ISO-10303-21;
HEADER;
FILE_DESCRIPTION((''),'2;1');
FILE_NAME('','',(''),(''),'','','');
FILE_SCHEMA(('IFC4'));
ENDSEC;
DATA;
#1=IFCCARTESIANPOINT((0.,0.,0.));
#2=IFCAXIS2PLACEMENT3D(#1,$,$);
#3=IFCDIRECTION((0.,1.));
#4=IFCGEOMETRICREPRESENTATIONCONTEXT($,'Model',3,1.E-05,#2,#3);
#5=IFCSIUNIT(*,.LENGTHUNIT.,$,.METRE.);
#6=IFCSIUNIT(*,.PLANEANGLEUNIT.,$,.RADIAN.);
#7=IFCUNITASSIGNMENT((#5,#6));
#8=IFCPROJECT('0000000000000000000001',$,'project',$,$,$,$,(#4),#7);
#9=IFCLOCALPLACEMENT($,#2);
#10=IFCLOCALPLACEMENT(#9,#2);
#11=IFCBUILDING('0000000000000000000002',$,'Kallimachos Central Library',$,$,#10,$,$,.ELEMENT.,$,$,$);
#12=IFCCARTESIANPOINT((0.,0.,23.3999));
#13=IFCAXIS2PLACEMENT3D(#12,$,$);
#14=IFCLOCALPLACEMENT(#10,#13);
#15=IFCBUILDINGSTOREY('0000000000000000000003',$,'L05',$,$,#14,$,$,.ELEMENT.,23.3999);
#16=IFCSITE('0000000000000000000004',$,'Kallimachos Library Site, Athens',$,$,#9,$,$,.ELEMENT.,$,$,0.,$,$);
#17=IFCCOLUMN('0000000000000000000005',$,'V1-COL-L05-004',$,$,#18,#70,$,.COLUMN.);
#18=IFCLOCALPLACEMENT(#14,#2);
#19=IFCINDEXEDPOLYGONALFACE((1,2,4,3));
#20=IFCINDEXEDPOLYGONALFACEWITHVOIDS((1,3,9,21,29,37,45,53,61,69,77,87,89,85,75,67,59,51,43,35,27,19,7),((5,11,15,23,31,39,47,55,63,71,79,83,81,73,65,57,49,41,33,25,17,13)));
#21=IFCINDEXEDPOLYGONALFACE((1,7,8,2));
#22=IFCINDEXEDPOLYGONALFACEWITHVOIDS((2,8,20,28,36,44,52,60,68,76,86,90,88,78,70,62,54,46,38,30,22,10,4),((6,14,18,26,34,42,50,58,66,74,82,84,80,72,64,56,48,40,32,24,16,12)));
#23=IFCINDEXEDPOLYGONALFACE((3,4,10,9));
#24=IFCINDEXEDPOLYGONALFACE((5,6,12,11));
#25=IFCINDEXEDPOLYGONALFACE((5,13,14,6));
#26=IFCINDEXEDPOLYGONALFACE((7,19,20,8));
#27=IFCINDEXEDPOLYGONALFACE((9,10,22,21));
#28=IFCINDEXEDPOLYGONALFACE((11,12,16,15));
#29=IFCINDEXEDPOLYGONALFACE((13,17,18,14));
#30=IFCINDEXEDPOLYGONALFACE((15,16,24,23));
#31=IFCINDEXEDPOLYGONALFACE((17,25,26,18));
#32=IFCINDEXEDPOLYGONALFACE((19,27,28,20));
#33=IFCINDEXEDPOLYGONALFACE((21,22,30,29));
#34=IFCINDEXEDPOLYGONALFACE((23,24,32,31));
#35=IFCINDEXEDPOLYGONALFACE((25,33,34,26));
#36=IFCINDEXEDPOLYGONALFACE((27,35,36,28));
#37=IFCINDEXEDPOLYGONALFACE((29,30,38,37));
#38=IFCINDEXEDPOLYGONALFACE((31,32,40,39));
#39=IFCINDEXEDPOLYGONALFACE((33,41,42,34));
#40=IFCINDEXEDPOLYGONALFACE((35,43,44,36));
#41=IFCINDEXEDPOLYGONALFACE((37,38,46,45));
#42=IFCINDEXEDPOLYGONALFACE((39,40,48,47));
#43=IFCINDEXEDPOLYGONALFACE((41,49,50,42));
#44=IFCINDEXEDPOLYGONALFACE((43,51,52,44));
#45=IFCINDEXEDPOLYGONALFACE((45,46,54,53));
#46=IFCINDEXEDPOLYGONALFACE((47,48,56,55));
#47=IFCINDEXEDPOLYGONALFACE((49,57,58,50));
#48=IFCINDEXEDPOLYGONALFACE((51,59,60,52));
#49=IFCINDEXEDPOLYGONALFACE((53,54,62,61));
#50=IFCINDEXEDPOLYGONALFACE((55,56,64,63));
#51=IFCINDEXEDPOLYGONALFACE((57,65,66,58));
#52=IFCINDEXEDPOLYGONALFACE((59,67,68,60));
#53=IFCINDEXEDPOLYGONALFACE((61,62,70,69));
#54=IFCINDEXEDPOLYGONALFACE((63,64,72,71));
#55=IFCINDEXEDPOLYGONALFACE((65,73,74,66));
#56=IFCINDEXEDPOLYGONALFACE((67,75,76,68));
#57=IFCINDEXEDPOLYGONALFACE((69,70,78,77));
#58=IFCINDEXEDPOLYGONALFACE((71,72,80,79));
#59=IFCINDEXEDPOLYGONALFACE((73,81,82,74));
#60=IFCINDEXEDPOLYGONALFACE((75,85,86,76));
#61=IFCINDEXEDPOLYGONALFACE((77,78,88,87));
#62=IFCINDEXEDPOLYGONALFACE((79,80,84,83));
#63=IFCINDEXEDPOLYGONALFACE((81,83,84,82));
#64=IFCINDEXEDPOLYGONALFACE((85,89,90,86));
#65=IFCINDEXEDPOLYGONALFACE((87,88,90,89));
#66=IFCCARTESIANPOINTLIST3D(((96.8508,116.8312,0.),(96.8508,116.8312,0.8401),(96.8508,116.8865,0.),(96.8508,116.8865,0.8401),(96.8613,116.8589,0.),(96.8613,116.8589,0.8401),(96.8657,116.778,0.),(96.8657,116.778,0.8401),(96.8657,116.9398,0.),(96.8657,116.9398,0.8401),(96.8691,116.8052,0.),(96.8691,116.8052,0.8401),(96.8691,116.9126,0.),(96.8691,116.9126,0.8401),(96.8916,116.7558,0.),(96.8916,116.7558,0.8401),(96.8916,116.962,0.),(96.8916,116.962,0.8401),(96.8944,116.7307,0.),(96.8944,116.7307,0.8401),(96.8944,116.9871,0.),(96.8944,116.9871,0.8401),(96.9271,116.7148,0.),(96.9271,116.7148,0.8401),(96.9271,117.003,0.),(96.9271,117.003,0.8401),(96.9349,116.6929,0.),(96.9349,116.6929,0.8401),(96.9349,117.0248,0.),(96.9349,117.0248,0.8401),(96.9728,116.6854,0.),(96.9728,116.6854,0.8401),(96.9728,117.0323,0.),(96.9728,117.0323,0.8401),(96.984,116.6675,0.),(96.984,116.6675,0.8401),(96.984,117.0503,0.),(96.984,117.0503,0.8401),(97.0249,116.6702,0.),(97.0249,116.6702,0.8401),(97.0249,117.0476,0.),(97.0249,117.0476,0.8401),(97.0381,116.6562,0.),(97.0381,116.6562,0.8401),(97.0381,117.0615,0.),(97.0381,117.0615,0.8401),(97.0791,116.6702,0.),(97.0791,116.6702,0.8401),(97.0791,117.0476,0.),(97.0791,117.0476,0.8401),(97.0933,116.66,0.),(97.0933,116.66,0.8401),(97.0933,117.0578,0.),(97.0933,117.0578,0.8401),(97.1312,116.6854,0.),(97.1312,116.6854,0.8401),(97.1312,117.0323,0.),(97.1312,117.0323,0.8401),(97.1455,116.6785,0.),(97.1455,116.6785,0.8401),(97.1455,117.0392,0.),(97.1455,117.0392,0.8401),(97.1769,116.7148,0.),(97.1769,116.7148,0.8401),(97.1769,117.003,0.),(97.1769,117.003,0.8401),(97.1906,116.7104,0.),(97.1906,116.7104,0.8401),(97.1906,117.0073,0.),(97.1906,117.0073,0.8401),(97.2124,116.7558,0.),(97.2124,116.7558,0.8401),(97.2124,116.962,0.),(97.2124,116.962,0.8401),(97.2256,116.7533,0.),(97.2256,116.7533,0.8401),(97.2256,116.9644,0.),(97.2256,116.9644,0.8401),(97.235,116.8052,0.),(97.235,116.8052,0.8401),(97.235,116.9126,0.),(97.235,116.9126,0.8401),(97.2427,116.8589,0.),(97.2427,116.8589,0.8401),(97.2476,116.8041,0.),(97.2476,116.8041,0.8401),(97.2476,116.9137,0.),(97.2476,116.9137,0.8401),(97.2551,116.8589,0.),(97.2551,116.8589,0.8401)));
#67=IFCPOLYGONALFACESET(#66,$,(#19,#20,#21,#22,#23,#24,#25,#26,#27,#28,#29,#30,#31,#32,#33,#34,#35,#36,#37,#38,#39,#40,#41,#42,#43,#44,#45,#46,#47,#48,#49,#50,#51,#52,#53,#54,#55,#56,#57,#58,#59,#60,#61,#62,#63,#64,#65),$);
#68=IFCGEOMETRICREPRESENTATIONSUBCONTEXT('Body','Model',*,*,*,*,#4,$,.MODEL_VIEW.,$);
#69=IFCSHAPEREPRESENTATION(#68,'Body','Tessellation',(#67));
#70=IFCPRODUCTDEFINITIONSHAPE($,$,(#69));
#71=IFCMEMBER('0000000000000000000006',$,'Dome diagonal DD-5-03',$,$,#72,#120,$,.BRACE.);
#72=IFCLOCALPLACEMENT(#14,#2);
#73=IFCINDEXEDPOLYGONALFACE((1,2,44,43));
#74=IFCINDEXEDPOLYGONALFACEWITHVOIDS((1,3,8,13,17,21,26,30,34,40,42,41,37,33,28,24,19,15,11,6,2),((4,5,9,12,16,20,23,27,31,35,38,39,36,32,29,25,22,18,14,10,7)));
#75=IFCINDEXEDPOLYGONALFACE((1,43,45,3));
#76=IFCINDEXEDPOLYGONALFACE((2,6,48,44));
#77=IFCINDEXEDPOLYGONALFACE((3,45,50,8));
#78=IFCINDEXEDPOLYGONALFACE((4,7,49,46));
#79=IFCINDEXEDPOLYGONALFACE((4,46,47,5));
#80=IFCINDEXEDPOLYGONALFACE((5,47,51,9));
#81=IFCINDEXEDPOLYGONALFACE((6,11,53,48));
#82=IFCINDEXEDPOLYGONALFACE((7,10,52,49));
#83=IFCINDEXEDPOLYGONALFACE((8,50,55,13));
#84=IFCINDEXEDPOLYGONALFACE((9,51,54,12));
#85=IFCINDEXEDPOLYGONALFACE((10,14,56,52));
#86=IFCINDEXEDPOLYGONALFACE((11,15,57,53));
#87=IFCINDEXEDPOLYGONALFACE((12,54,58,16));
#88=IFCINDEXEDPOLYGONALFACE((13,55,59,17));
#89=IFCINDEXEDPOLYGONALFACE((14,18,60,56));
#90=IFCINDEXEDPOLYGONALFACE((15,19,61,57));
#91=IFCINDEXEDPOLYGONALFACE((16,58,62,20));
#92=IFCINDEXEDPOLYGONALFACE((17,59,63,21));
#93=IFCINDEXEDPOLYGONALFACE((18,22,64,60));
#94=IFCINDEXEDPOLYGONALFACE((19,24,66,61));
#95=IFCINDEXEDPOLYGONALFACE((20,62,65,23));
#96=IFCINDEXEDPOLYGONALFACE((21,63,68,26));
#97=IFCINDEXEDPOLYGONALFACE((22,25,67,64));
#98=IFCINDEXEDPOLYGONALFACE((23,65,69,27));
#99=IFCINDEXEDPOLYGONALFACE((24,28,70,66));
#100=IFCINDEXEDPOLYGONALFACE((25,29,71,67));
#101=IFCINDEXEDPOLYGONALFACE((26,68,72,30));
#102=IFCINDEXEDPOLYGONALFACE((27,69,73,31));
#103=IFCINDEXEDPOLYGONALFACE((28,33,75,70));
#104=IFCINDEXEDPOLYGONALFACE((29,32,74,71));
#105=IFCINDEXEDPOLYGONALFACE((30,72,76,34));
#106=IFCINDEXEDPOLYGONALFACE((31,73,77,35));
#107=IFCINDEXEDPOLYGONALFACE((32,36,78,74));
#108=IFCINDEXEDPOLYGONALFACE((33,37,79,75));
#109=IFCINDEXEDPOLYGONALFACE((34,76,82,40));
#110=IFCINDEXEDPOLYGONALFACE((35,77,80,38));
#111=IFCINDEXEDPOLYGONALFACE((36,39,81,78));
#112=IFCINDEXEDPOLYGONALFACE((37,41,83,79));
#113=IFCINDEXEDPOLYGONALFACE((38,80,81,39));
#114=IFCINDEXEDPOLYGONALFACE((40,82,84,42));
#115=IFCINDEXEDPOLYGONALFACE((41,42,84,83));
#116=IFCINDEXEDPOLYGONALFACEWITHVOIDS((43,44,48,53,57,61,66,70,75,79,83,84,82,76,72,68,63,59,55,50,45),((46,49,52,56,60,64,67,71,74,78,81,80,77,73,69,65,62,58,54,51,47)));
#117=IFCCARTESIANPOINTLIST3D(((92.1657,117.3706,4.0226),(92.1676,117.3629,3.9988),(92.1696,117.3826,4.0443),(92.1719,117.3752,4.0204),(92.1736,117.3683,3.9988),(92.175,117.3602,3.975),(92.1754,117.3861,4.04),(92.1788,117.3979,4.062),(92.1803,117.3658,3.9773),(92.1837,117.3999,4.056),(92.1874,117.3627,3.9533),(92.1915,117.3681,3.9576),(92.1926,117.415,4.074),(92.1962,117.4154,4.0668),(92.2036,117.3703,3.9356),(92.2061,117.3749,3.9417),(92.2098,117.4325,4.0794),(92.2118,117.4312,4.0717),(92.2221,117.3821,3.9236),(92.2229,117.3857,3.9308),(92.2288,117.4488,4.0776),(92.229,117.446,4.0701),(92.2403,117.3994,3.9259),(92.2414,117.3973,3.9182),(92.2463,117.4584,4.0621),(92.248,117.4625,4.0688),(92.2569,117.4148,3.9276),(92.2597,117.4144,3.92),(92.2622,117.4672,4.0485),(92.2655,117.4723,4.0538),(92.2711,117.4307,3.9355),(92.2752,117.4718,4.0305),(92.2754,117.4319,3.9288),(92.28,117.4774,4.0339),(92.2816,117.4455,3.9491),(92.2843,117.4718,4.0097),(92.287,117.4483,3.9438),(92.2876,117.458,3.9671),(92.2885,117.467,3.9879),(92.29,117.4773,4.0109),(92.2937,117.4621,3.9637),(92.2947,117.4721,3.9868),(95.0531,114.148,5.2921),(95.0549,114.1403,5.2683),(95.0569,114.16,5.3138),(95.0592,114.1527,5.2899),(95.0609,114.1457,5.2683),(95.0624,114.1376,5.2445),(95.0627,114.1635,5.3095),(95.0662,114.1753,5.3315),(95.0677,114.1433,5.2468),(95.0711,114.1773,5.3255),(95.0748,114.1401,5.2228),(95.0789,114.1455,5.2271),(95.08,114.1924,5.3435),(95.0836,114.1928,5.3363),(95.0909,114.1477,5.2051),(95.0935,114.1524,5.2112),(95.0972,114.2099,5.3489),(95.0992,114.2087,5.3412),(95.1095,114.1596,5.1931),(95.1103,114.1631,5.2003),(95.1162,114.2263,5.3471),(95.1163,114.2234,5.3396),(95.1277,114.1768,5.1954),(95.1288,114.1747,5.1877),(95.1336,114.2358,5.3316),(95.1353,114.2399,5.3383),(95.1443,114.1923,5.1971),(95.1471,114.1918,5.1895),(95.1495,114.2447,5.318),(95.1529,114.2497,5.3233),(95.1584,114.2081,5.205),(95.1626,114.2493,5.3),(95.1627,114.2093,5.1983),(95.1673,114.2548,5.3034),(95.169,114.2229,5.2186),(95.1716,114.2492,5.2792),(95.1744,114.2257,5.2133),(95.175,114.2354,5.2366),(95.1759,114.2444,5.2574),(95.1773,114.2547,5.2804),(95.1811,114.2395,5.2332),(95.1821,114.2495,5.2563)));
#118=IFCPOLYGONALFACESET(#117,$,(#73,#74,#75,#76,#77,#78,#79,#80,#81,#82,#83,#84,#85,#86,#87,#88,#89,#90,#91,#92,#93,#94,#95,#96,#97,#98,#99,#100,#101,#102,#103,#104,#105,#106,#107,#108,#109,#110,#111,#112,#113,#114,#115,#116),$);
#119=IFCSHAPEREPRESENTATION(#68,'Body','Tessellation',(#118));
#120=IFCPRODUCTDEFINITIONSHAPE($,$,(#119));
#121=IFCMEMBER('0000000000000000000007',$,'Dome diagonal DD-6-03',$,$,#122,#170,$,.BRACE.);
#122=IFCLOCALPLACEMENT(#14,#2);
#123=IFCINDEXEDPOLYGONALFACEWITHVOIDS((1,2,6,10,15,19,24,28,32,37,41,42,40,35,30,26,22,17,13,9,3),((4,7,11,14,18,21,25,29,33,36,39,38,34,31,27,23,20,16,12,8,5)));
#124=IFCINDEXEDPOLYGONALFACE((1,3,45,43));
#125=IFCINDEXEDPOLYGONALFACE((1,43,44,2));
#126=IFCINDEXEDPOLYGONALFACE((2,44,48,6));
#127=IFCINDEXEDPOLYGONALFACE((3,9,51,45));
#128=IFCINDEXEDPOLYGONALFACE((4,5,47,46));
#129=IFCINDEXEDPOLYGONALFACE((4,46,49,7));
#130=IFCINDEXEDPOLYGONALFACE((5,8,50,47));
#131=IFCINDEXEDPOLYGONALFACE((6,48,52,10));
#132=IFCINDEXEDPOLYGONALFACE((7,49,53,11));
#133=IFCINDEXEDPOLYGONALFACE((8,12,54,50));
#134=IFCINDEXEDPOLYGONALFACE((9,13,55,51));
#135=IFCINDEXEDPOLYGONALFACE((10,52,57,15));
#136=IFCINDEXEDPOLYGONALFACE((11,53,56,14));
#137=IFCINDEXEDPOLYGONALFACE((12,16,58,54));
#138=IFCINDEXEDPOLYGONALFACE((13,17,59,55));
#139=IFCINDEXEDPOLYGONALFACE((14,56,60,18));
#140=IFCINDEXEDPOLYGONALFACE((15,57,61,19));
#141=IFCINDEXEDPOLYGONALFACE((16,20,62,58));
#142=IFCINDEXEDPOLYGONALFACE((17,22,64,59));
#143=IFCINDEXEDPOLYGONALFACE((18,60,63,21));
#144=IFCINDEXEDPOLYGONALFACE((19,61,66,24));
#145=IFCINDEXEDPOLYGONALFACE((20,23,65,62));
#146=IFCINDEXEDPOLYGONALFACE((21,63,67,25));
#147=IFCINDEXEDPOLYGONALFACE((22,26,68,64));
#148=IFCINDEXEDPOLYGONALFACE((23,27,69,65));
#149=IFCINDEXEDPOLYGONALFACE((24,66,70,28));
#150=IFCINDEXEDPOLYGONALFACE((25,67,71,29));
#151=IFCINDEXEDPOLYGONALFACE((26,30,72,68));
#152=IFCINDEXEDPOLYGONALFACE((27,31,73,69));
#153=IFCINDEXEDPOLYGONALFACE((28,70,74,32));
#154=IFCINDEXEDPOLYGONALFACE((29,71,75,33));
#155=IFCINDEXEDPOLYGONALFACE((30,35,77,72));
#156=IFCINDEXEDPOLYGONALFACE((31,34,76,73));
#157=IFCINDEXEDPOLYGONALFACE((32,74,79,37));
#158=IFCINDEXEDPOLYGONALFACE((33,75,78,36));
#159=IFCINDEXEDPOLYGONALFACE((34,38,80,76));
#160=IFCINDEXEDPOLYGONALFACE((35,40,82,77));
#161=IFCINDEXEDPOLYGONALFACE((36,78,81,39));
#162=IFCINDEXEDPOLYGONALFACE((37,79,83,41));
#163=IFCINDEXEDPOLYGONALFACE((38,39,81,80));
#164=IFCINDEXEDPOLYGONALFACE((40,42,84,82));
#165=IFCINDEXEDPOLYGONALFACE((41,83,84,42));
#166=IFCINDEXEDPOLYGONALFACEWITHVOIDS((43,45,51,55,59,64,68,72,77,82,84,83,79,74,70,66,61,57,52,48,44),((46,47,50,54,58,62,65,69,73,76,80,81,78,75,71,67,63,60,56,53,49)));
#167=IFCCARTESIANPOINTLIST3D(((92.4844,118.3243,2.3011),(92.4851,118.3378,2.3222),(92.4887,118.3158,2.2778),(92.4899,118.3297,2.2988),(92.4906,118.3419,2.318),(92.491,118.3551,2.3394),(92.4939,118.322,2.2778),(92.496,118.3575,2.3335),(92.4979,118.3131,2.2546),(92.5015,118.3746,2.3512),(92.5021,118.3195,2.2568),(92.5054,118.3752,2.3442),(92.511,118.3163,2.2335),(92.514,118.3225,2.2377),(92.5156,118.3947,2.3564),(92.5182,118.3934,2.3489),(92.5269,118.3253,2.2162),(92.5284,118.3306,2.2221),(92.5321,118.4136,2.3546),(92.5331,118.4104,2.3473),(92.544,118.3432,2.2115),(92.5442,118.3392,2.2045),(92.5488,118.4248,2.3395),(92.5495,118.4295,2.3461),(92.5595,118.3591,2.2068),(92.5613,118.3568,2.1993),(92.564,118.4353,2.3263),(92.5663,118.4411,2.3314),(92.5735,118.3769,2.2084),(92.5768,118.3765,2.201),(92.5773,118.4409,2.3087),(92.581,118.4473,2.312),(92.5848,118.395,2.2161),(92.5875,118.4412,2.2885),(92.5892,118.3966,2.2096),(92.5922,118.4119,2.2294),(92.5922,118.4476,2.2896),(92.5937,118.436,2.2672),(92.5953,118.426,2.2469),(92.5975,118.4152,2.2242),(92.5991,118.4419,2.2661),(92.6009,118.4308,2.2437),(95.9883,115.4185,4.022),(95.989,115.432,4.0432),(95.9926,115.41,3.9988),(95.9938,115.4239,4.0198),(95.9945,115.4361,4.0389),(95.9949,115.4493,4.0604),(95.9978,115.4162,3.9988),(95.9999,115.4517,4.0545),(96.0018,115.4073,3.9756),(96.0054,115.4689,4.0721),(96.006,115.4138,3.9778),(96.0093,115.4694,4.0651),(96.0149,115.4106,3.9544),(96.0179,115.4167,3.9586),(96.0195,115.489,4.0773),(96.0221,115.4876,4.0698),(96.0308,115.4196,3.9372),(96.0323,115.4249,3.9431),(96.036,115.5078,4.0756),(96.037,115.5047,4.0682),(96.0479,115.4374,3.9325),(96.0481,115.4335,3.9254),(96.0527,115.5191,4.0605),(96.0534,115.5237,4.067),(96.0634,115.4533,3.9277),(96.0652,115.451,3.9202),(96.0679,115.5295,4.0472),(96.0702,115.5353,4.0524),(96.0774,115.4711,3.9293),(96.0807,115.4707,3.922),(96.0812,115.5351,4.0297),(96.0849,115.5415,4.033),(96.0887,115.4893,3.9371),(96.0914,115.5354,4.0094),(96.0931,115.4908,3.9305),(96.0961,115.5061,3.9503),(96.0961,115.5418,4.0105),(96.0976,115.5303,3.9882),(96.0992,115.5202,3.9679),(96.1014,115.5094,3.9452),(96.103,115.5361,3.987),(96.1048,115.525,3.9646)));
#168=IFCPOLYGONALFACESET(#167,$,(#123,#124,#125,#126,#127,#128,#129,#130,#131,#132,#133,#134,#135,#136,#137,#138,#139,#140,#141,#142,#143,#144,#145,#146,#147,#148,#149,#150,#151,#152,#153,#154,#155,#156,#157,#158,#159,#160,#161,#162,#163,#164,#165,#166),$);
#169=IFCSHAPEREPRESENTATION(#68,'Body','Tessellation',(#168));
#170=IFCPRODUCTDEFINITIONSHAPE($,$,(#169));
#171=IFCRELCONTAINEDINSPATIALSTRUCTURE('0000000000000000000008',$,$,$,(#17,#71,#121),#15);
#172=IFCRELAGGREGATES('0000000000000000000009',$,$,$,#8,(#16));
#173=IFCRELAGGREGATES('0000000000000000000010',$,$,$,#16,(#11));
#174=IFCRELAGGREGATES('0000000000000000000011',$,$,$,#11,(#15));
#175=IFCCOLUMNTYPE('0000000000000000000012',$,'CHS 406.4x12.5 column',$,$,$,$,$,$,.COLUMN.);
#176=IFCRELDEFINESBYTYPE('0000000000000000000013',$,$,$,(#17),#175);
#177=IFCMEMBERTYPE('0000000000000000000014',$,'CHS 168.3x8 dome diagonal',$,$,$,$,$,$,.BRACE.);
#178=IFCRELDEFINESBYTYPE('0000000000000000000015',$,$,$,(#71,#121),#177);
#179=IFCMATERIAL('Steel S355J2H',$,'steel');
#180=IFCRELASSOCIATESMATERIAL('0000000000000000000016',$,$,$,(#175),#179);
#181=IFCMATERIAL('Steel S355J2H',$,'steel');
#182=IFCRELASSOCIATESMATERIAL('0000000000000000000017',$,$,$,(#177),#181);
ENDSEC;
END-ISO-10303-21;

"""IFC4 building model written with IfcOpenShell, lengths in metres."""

from ifc_helpers import new_model, si_unit, direction, frame, origin, origin_2d, place, context, subcontext, project, spatial, hollow_circle, extrude, material, material_profile, profile_set, type_object, element, save


model = new_model("IFC4")

# Units and contexts
model_context = context("Model", 3, precision=1e-05, world=origin(), true_north=direction((0.0, 1.0)))
body_context = subcontext(model_context, "Body", "Model", "MODEL_VIEW")
ifc_project = project(units=[si_unit("LENGTHUNIT", "METRE"), si_unit("PLANEANGLEUNIT", "RADIAN")], contexts=[model_context])

# Site, building, storey
site_placement = place(None, origin())
site = spatial("IfcSite", under=ifc_project, at=site_placement, Name="Kallimachos Library Site, Athens", CompositionType="ELEMENT", RefElevation=0.0)
building_placement = place(site_placement, origin())
building = spatial("IfcBuilding", under=site, at=building_placement, Name="Kallimachos Central Library", CompositionType="ELEMENT")
storey_placement = place(building_placement, frame((0.0, 0.0, 23.3999)))
storey = spatial("IfcBuildingStorey", under=building, at=storey_placement, Name="L05", CompositionType="ELEMENT", Elevation=23.3999)

# Column
ifc_material_1 = material(Name="Steel S355J2H", Category="steel")
ifc_material_profile_1 = material_profile(ifc_material_1, hollow_circle(Radius=0.2031, WallThickness=0.0125, at=origin_2d()), Name="CHS 406.4x12.5")
ifc_profile_set_1 = profile_set([ifc_material_profile_1], Name="Steel S355J2H")
column_type = type_object("IfcColumnType", Name="CHS 406.4x12.5 column", PredefinedType="COLUMN", material=ifc_profile_set_1)
column_placement = place(storey_placement, frame((97.052, 116.8589, 0.0), z_axis=(0.0, 0.0, 1.0), x_axis=(1.0, 0.0, 0.0)))
element("IfcColumn", 1, at=column_placement, inside=storey, type_object=column_type, Name="V1-COL-L05-004", PredefinedType="COLUMN", context=body_context, shape_type="SweptSolid", body=[
    extrude(hollow_circle(Radius=0.2031, WallThickness=0.0125, at=origin_2d()), origin(), (0.0, 0.0, 1.0), 0.8401),
])

# Members
ifc_material_2 = material(Name="Steel S355J2H", Category="steel")
ifc_material_profile_2 = material_profile(ifc_material_2, hollow_circle(Radius=0.0842, WallThickness=0.0081, at=origin_2d()), Name="CHS 168.3x8")
ifc_profile_set_2 = profile_set([ifc_material_profile_2], Name="Steel S355J2H")
member_type_1 = type_object("IfcMemberType", Name="CHS 168.3x8 dome diagonal", PredefinedType="BRACE", material=ifc_profile_set_2)
member_1_placement = place(storey_placement, frame((95.1177, 114.1965, 5.2683), z_axis=(-0.64032, 0.714655, -0.281531), x_axis=(-0.744779, -0.667311, 0.0)))
element("IfcMember", 2, at=member_1_placement, inside=storey, type_object=member_type_1, Name="Dome diagonal DD-5-03", PredefinedType="BRACE", context=body_context, shape_type="SweptSolid", body=[
    extrude(hollow_circle(Radius=0.0842, WallThickness=0.0081, at=origin_2d()), origin(), (0.0, 0.0, 1.0), 4.5093),
])
member_2_placement = place(storey_placement, frame((96.0464, 115.4749, 3.9988), z_axis=(-0.720011, 0.597099, -0.353634), x_axis=(-0.638347, -0.769749, 0.0)))
element("IfcMember", 3, at=member_2_placement, inside=storey, type_object=member_type_1, Name="Dome diagonal DD-6-03", PredefinedType="BRACE", context=body_context, shape_type="SweptSolid", body=[
    extrude(hollow_circle(Radius=0.0842, WallThickness=0.0081, at=origin_2d()), origin(), (0.0, 0.0, 1.0), 4.8665),
])

save(model, "model.ifc")
